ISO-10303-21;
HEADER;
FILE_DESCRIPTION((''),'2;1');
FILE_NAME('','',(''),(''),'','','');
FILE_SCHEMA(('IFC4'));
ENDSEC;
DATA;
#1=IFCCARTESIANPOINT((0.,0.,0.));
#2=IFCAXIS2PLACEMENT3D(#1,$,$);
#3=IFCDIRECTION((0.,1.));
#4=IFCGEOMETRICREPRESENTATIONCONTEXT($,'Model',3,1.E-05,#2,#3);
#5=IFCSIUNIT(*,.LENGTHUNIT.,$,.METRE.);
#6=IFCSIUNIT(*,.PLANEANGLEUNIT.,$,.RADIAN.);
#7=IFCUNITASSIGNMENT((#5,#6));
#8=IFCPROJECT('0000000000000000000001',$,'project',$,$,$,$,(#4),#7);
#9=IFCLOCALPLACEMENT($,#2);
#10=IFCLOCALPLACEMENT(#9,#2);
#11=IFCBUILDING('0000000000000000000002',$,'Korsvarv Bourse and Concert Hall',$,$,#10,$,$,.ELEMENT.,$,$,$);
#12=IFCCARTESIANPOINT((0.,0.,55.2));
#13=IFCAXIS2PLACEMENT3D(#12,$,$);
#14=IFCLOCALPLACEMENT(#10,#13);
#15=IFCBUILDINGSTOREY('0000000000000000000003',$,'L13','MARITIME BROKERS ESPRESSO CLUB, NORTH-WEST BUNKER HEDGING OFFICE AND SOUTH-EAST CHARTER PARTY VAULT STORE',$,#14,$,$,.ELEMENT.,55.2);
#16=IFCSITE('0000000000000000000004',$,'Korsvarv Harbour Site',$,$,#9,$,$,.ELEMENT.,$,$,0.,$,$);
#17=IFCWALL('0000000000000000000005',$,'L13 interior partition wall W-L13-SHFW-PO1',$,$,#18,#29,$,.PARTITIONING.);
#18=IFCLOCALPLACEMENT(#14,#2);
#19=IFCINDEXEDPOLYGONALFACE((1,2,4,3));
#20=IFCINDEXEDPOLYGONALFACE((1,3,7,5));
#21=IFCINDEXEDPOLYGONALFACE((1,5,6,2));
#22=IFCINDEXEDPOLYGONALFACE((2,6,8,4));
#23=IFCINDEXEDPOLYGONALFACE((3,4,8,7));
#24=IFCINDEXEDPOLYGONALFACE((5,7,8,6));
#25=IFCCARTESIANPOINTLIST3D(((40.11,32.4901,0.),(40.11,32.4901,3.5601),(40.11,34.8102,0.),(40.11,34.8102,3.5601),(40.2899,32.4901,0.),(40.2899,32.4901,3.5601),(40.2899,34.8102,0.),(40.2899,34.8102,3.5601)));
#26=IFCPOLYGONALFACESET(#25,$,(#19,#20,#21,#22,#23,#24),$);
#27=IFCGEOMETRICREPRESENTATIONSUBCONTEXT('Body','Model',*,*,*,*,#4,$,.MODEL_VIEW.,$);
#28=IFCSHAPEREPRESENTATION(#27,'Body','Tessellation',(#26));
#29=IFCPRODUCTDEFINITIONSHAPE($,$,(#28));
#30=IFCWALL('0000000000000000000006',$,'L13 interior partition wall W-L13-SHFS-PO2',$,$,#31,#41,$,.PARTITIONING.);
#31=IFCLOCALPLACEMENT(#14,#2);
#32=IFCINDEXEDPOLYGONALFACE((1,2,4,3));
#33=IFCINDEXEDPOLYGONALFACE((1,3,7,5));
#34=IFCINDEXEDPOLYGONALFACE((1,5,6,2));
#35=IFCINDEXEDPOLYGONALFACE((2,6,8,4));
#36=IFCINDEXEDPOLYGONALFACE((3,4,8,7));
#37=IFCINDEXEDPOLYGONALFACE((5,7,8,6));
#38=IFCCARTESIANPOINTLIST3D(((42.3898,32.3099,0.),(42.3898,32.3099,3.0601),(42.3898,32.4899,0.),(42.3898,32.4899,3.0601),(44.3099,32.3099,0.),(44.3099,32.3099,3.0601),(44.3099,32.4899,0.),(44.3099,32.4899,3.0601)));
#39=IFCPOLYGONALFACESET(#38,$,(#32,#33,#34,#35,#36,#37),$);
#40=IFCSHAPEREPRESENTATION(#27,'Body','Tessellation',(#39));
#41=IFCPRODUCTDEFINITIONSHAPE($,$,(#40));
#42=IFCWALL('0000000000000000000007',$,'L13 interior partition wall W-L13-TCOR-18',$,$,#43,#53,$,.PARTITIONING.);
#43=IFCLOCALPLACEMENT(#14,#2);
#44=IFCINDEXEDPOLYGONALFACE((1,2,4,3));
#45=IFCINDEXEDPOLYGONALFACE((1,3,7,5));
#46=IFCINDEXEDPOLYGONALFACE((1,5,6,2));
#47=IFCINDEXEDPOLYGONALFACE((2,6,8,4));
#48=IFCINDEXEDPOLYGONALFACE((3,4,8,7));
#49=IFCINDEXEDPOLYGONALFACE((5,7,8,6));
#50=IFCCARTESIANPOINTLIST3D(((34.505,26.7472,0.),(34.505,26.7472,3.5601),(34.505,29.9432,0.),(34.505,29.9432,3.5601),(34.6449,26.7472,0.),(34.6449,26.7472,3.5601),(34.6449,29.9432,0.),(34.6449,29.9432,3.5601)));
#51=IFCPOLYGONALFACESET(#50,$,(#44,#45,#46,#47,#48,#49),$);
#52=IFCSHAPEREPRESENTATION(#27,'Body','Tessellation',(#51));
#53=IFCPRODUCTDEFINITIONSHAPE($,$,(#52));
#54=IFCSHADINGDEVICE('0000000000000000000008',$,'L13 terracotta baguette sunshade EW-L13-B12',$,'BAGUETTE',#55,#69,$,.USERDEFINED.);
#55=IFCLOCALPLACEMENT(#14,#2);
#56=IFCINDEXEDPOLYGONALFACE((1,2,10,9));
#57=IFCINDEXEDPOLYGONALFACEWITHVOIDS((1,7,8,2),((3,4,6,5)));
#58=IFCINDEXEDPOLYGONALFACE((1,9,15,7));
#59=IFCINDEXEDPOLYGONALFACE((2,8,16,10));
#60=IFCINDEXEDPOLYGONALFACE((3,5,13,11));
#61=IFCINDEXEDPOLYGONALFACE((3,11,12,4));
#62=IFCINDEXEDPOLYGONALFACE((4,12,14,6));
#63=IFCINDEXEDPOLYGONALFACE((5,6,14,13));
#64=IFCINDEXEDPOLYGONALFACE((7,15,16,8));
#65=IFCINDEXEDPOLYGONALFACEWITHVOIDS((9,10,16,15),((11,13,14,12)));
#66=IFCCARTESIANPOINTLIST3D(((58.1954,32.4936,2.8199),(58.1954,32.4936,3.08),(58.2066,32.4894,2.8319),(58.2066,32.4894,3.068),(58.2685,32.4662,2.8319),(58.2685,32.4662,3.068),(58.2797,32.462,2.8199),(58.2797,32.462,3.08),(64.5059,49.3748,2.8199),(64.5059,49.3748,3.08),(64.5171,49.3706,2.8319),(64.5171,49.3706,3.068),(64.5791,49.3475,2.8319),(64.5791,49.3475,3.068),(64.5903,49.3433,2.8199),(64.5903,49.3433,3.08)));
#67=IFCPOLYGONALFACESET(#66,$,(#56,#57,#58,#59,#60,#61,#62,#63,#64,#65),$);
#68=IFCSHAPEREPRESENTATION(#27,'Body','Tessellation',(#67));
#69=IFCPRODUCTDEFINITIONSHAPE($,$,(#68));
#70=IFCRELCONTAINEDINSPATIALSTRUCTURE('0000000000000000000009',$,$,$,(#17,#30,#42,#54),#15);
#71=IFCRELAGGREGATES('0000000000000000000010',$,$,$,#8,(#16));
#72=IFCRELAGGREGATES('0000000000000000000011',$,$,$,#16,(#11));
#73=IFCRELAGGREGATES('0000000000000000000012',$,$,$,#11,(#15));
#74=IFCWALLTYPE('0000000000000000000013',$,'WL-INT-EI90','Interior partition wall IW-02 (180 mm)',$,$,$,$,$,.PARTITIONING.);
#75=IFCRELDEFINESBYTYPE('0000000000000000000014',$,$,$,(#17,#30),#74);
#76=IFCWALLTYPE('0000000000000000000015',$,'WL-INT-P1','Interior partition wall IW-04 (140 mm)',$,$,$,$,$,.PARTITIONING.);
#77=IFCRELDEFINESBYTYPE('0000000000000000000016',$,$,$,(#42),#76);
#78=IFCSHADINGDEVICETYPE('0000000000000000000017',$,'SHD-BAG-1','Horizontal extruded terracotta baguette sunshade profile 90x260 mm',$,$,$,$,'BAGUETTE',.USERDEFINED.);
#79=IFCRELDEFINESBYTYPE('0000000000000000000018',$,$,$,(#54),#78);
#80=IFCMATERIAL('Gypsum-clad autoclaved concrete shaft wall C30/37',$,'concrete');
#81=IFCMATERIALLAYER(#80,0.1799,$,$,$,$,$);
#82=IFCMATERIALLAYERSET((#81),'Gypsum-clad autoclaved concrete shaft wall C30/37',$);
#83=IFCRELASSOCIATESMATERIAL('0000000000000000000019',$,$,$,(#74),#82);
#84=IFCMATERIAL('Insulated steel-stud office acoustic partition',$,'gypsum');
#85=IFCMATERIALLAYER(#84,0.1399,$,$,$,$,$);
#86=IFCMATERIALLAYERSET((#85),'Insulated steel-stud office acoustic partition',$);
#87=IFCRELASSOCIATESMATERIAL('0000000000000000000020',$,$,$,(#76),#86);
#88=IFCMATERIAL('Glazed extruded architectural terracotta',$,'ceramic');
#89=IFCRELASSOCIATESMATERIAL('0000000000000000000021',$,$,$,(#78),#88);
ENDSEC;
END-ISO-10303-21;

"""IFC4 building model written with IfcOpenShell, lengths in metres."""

from ifc_helpers import new_model, si_unit, direction, frame, frame_2d, origin, origin_2d, place, context, subcontext, project, spatial, rectangle, hollow_rectangle, extrude, source, transform, mapped, material, layer, layer_set, material_profile, profile_set, type_object, element, save


model = new_model("IFC4")

# Units and contexts
model_context = context("Model", 3, precision=1e-05, world=origin(), true_north=direction((0.0, 1.0)))
body_context = subcontext(model_context, "Body", "Model", "MODEL_VIEW")
ifc_project = project(units=[si_unit("LENGTHUNIT", "METRE"), si_unit("PLANEANGLEUNIT", "RADIAN")], contexts=[model_context])

# Site, building, storey
site_placement = place(None, origin())
site = spatial("IfcSite", under=ifc_project, at=site_placement, Name="Korsvarv Harbour Site", CompositionType="ELEMENT", RefElevation=0.0)
building_placement = place(site_placement, origin())
building = spatial("IfcBuilding", under=site, at=building_placement, Name="Korsvarv Bourse and Concert Hall", CompositionType="ELEMENT")
storey_placement = place(building_placement, frame((0.0, 0.0, 55.2)))
storey = spatial("IfcBuildingStorey", under=building, at=storey_placement, Name="L13", Description="MARITIME BROKERS ESPRESSO CLUB, NORTH-WEST BUNKER HEDGING OFFICE AND SOUTH-EAST CHARTER PARTY VAULT STORE", CompositionType="ELEMENT", Elevation=55.2)

# Walls
ifc_material_1 = material(Name="Gypsum-clad autoclaved concrete shaft wall C30/37", Category="concrete")
ifc_layer_1 = layer(ifc_material_1, 0.1799)
ifc_layer_set_1 = layer_set([ifc_layer_1], Name="Gypsum-clad autoclaved concrete shaft wall C30/37")
wall_type_1 = type_object("IfcWallType", Name="WL-INT-EI90", Description="Interior partition wall IW-02 (180 mm)", PredefinedType="PARTITIONING", material=ifc_layer_set_1)
wall_1_placement = place(storey_placement, frame((40.2, 32.49, 0.0), z_axis=(0.0, 0.0, 1.0), x_axis=(0.0, 1.0, 0.0)))
element("IfcWall", 1, at=wall_1_placement, inside=storey, type_object=wall_type_1, Name="L13 interior partition wall W-L13-SHFW-PO1", PredefinedType="PARTITIONING", context=body_context, shape_type="SweptSolid", body=[
    extrude(rectangle(XDim=2.3201, YDim=0.1799, at=frame_2d((1.1602, 0.0))), origin(), (0.0, 0.0, 1.0), 3.5601),
])
wall_2_placement = place(storey_placement, frame((42.3899, 32.3999, 0.0), z_axis=(0.0, 0.0, 1.0), x_axis=(1.0, 0.0, 0.0)))
element("IfcWall", 2, at=wall_2_placement, inside=storey, type_object=wall_type_1, Name="L13 interior partition wall W-L13-SHFS-PO2", PredefinedType="PARTITIONING", context=body_context, shape_type="SweptSolid", body=[
    extrude(rectangle(XDim=1.9202, YDim=0.1799, at=frame_2d((0.96, 0.0))), origin(), (0.0, 0.0, 1.0), 3.0601),
])
ifc_material_2 = material(Name="Insulated steel-stud office acoustic partition", Category="gypsum")
ifc_layer_2 = layer(ifc_material_2, 0.1399)
ifc_layer_set_2 = layer_set([ifc_layer_2], Name="Insulated steel-stud office acoustic partition")
wall_type_2 = type_object("IfcWallType", Name="WL-INT-P1", Description="Interior partition wall IW-04 (140 mm)", PredefinedType="PARTITIONING", material=ifc_layer_set_2)
wall_3_placement = place(storey_placement, frame((34.575, 26.7471, 0.0), z_axis=(0.0, 0.0, 1.0), x_axis=(0.0, 1.0, 0.0)))
element("IfcWall", 3, at=wall_3_placement, inside=storey, type_object=wall_type_2, Name="L13 interior partition wall W-L13-TCOR-18", PredefinedType="PARTITIONING", context=body_context, shape_type="SweptSolid", body=[
    extrude(rectangle(XDim=3.196, YDim=0.1399, at=frame_2d((1.5981, 0.0))), origin(), (0.0, 0.0, 1.0), 3.5601),
])

# Shading device
ifc_material_3 = material(Name="Glazed extruded architectural terracotta", Category="ceramic")
ifc_material_profile_1 = material_profile(ifc_material_3, hollow_rectangle(XDim=0.0901, YDim=0.26, WallThickness=0.012, at=origin_2d()), Name="TC-BAG 90x260")
ifc_profile_set_1 = profile_set([ifc_material_profile_1], Name="Glazed extruded architectural terracotta")
shading_device_type = type_object("IfcShadingDeviceType", Name="SHD-BAG-1", Description="Horizontal extruded terracotta baguette sunshade profile 90x260 mm", ElementType="BAGUETTE", PredefinedType="USERDEFINED", material=ifc_profile_set_1)
shared_shape_1 = source(origin(), body_context, "Body", "SweptSolid", [
    extrude(hollow_rectangle(XDim=0.0901, YDim=0.26, WallThickness=0.012, at=origin_2d()), origin(), (0.0, 0.0, 1.0), 18.0222),
])
shading_device_placement = place(storey_placement, frame((58.2375, 32.4778, 2.95), z_axis=(0.350152, 0.936693, 0.0), x_axis=(-0.936693, 0.350152, 0.0)))
element("IfcShadingDevice", 4, at=shading_device_placement, inside=storey, type_object=shading_device_type, Name="L13 terracotta baguette sunshade EW-L13-B12", ObjectType="BAGUETTE", PredefinedType="USERDEFINED", context=body_context, shape_type="MappedRepresentation", body=[
    mapped(shared_shape_1, transform((0.0, 0.0, 0.0), scale=1.0)),
])

save(model, "model.ifc")
